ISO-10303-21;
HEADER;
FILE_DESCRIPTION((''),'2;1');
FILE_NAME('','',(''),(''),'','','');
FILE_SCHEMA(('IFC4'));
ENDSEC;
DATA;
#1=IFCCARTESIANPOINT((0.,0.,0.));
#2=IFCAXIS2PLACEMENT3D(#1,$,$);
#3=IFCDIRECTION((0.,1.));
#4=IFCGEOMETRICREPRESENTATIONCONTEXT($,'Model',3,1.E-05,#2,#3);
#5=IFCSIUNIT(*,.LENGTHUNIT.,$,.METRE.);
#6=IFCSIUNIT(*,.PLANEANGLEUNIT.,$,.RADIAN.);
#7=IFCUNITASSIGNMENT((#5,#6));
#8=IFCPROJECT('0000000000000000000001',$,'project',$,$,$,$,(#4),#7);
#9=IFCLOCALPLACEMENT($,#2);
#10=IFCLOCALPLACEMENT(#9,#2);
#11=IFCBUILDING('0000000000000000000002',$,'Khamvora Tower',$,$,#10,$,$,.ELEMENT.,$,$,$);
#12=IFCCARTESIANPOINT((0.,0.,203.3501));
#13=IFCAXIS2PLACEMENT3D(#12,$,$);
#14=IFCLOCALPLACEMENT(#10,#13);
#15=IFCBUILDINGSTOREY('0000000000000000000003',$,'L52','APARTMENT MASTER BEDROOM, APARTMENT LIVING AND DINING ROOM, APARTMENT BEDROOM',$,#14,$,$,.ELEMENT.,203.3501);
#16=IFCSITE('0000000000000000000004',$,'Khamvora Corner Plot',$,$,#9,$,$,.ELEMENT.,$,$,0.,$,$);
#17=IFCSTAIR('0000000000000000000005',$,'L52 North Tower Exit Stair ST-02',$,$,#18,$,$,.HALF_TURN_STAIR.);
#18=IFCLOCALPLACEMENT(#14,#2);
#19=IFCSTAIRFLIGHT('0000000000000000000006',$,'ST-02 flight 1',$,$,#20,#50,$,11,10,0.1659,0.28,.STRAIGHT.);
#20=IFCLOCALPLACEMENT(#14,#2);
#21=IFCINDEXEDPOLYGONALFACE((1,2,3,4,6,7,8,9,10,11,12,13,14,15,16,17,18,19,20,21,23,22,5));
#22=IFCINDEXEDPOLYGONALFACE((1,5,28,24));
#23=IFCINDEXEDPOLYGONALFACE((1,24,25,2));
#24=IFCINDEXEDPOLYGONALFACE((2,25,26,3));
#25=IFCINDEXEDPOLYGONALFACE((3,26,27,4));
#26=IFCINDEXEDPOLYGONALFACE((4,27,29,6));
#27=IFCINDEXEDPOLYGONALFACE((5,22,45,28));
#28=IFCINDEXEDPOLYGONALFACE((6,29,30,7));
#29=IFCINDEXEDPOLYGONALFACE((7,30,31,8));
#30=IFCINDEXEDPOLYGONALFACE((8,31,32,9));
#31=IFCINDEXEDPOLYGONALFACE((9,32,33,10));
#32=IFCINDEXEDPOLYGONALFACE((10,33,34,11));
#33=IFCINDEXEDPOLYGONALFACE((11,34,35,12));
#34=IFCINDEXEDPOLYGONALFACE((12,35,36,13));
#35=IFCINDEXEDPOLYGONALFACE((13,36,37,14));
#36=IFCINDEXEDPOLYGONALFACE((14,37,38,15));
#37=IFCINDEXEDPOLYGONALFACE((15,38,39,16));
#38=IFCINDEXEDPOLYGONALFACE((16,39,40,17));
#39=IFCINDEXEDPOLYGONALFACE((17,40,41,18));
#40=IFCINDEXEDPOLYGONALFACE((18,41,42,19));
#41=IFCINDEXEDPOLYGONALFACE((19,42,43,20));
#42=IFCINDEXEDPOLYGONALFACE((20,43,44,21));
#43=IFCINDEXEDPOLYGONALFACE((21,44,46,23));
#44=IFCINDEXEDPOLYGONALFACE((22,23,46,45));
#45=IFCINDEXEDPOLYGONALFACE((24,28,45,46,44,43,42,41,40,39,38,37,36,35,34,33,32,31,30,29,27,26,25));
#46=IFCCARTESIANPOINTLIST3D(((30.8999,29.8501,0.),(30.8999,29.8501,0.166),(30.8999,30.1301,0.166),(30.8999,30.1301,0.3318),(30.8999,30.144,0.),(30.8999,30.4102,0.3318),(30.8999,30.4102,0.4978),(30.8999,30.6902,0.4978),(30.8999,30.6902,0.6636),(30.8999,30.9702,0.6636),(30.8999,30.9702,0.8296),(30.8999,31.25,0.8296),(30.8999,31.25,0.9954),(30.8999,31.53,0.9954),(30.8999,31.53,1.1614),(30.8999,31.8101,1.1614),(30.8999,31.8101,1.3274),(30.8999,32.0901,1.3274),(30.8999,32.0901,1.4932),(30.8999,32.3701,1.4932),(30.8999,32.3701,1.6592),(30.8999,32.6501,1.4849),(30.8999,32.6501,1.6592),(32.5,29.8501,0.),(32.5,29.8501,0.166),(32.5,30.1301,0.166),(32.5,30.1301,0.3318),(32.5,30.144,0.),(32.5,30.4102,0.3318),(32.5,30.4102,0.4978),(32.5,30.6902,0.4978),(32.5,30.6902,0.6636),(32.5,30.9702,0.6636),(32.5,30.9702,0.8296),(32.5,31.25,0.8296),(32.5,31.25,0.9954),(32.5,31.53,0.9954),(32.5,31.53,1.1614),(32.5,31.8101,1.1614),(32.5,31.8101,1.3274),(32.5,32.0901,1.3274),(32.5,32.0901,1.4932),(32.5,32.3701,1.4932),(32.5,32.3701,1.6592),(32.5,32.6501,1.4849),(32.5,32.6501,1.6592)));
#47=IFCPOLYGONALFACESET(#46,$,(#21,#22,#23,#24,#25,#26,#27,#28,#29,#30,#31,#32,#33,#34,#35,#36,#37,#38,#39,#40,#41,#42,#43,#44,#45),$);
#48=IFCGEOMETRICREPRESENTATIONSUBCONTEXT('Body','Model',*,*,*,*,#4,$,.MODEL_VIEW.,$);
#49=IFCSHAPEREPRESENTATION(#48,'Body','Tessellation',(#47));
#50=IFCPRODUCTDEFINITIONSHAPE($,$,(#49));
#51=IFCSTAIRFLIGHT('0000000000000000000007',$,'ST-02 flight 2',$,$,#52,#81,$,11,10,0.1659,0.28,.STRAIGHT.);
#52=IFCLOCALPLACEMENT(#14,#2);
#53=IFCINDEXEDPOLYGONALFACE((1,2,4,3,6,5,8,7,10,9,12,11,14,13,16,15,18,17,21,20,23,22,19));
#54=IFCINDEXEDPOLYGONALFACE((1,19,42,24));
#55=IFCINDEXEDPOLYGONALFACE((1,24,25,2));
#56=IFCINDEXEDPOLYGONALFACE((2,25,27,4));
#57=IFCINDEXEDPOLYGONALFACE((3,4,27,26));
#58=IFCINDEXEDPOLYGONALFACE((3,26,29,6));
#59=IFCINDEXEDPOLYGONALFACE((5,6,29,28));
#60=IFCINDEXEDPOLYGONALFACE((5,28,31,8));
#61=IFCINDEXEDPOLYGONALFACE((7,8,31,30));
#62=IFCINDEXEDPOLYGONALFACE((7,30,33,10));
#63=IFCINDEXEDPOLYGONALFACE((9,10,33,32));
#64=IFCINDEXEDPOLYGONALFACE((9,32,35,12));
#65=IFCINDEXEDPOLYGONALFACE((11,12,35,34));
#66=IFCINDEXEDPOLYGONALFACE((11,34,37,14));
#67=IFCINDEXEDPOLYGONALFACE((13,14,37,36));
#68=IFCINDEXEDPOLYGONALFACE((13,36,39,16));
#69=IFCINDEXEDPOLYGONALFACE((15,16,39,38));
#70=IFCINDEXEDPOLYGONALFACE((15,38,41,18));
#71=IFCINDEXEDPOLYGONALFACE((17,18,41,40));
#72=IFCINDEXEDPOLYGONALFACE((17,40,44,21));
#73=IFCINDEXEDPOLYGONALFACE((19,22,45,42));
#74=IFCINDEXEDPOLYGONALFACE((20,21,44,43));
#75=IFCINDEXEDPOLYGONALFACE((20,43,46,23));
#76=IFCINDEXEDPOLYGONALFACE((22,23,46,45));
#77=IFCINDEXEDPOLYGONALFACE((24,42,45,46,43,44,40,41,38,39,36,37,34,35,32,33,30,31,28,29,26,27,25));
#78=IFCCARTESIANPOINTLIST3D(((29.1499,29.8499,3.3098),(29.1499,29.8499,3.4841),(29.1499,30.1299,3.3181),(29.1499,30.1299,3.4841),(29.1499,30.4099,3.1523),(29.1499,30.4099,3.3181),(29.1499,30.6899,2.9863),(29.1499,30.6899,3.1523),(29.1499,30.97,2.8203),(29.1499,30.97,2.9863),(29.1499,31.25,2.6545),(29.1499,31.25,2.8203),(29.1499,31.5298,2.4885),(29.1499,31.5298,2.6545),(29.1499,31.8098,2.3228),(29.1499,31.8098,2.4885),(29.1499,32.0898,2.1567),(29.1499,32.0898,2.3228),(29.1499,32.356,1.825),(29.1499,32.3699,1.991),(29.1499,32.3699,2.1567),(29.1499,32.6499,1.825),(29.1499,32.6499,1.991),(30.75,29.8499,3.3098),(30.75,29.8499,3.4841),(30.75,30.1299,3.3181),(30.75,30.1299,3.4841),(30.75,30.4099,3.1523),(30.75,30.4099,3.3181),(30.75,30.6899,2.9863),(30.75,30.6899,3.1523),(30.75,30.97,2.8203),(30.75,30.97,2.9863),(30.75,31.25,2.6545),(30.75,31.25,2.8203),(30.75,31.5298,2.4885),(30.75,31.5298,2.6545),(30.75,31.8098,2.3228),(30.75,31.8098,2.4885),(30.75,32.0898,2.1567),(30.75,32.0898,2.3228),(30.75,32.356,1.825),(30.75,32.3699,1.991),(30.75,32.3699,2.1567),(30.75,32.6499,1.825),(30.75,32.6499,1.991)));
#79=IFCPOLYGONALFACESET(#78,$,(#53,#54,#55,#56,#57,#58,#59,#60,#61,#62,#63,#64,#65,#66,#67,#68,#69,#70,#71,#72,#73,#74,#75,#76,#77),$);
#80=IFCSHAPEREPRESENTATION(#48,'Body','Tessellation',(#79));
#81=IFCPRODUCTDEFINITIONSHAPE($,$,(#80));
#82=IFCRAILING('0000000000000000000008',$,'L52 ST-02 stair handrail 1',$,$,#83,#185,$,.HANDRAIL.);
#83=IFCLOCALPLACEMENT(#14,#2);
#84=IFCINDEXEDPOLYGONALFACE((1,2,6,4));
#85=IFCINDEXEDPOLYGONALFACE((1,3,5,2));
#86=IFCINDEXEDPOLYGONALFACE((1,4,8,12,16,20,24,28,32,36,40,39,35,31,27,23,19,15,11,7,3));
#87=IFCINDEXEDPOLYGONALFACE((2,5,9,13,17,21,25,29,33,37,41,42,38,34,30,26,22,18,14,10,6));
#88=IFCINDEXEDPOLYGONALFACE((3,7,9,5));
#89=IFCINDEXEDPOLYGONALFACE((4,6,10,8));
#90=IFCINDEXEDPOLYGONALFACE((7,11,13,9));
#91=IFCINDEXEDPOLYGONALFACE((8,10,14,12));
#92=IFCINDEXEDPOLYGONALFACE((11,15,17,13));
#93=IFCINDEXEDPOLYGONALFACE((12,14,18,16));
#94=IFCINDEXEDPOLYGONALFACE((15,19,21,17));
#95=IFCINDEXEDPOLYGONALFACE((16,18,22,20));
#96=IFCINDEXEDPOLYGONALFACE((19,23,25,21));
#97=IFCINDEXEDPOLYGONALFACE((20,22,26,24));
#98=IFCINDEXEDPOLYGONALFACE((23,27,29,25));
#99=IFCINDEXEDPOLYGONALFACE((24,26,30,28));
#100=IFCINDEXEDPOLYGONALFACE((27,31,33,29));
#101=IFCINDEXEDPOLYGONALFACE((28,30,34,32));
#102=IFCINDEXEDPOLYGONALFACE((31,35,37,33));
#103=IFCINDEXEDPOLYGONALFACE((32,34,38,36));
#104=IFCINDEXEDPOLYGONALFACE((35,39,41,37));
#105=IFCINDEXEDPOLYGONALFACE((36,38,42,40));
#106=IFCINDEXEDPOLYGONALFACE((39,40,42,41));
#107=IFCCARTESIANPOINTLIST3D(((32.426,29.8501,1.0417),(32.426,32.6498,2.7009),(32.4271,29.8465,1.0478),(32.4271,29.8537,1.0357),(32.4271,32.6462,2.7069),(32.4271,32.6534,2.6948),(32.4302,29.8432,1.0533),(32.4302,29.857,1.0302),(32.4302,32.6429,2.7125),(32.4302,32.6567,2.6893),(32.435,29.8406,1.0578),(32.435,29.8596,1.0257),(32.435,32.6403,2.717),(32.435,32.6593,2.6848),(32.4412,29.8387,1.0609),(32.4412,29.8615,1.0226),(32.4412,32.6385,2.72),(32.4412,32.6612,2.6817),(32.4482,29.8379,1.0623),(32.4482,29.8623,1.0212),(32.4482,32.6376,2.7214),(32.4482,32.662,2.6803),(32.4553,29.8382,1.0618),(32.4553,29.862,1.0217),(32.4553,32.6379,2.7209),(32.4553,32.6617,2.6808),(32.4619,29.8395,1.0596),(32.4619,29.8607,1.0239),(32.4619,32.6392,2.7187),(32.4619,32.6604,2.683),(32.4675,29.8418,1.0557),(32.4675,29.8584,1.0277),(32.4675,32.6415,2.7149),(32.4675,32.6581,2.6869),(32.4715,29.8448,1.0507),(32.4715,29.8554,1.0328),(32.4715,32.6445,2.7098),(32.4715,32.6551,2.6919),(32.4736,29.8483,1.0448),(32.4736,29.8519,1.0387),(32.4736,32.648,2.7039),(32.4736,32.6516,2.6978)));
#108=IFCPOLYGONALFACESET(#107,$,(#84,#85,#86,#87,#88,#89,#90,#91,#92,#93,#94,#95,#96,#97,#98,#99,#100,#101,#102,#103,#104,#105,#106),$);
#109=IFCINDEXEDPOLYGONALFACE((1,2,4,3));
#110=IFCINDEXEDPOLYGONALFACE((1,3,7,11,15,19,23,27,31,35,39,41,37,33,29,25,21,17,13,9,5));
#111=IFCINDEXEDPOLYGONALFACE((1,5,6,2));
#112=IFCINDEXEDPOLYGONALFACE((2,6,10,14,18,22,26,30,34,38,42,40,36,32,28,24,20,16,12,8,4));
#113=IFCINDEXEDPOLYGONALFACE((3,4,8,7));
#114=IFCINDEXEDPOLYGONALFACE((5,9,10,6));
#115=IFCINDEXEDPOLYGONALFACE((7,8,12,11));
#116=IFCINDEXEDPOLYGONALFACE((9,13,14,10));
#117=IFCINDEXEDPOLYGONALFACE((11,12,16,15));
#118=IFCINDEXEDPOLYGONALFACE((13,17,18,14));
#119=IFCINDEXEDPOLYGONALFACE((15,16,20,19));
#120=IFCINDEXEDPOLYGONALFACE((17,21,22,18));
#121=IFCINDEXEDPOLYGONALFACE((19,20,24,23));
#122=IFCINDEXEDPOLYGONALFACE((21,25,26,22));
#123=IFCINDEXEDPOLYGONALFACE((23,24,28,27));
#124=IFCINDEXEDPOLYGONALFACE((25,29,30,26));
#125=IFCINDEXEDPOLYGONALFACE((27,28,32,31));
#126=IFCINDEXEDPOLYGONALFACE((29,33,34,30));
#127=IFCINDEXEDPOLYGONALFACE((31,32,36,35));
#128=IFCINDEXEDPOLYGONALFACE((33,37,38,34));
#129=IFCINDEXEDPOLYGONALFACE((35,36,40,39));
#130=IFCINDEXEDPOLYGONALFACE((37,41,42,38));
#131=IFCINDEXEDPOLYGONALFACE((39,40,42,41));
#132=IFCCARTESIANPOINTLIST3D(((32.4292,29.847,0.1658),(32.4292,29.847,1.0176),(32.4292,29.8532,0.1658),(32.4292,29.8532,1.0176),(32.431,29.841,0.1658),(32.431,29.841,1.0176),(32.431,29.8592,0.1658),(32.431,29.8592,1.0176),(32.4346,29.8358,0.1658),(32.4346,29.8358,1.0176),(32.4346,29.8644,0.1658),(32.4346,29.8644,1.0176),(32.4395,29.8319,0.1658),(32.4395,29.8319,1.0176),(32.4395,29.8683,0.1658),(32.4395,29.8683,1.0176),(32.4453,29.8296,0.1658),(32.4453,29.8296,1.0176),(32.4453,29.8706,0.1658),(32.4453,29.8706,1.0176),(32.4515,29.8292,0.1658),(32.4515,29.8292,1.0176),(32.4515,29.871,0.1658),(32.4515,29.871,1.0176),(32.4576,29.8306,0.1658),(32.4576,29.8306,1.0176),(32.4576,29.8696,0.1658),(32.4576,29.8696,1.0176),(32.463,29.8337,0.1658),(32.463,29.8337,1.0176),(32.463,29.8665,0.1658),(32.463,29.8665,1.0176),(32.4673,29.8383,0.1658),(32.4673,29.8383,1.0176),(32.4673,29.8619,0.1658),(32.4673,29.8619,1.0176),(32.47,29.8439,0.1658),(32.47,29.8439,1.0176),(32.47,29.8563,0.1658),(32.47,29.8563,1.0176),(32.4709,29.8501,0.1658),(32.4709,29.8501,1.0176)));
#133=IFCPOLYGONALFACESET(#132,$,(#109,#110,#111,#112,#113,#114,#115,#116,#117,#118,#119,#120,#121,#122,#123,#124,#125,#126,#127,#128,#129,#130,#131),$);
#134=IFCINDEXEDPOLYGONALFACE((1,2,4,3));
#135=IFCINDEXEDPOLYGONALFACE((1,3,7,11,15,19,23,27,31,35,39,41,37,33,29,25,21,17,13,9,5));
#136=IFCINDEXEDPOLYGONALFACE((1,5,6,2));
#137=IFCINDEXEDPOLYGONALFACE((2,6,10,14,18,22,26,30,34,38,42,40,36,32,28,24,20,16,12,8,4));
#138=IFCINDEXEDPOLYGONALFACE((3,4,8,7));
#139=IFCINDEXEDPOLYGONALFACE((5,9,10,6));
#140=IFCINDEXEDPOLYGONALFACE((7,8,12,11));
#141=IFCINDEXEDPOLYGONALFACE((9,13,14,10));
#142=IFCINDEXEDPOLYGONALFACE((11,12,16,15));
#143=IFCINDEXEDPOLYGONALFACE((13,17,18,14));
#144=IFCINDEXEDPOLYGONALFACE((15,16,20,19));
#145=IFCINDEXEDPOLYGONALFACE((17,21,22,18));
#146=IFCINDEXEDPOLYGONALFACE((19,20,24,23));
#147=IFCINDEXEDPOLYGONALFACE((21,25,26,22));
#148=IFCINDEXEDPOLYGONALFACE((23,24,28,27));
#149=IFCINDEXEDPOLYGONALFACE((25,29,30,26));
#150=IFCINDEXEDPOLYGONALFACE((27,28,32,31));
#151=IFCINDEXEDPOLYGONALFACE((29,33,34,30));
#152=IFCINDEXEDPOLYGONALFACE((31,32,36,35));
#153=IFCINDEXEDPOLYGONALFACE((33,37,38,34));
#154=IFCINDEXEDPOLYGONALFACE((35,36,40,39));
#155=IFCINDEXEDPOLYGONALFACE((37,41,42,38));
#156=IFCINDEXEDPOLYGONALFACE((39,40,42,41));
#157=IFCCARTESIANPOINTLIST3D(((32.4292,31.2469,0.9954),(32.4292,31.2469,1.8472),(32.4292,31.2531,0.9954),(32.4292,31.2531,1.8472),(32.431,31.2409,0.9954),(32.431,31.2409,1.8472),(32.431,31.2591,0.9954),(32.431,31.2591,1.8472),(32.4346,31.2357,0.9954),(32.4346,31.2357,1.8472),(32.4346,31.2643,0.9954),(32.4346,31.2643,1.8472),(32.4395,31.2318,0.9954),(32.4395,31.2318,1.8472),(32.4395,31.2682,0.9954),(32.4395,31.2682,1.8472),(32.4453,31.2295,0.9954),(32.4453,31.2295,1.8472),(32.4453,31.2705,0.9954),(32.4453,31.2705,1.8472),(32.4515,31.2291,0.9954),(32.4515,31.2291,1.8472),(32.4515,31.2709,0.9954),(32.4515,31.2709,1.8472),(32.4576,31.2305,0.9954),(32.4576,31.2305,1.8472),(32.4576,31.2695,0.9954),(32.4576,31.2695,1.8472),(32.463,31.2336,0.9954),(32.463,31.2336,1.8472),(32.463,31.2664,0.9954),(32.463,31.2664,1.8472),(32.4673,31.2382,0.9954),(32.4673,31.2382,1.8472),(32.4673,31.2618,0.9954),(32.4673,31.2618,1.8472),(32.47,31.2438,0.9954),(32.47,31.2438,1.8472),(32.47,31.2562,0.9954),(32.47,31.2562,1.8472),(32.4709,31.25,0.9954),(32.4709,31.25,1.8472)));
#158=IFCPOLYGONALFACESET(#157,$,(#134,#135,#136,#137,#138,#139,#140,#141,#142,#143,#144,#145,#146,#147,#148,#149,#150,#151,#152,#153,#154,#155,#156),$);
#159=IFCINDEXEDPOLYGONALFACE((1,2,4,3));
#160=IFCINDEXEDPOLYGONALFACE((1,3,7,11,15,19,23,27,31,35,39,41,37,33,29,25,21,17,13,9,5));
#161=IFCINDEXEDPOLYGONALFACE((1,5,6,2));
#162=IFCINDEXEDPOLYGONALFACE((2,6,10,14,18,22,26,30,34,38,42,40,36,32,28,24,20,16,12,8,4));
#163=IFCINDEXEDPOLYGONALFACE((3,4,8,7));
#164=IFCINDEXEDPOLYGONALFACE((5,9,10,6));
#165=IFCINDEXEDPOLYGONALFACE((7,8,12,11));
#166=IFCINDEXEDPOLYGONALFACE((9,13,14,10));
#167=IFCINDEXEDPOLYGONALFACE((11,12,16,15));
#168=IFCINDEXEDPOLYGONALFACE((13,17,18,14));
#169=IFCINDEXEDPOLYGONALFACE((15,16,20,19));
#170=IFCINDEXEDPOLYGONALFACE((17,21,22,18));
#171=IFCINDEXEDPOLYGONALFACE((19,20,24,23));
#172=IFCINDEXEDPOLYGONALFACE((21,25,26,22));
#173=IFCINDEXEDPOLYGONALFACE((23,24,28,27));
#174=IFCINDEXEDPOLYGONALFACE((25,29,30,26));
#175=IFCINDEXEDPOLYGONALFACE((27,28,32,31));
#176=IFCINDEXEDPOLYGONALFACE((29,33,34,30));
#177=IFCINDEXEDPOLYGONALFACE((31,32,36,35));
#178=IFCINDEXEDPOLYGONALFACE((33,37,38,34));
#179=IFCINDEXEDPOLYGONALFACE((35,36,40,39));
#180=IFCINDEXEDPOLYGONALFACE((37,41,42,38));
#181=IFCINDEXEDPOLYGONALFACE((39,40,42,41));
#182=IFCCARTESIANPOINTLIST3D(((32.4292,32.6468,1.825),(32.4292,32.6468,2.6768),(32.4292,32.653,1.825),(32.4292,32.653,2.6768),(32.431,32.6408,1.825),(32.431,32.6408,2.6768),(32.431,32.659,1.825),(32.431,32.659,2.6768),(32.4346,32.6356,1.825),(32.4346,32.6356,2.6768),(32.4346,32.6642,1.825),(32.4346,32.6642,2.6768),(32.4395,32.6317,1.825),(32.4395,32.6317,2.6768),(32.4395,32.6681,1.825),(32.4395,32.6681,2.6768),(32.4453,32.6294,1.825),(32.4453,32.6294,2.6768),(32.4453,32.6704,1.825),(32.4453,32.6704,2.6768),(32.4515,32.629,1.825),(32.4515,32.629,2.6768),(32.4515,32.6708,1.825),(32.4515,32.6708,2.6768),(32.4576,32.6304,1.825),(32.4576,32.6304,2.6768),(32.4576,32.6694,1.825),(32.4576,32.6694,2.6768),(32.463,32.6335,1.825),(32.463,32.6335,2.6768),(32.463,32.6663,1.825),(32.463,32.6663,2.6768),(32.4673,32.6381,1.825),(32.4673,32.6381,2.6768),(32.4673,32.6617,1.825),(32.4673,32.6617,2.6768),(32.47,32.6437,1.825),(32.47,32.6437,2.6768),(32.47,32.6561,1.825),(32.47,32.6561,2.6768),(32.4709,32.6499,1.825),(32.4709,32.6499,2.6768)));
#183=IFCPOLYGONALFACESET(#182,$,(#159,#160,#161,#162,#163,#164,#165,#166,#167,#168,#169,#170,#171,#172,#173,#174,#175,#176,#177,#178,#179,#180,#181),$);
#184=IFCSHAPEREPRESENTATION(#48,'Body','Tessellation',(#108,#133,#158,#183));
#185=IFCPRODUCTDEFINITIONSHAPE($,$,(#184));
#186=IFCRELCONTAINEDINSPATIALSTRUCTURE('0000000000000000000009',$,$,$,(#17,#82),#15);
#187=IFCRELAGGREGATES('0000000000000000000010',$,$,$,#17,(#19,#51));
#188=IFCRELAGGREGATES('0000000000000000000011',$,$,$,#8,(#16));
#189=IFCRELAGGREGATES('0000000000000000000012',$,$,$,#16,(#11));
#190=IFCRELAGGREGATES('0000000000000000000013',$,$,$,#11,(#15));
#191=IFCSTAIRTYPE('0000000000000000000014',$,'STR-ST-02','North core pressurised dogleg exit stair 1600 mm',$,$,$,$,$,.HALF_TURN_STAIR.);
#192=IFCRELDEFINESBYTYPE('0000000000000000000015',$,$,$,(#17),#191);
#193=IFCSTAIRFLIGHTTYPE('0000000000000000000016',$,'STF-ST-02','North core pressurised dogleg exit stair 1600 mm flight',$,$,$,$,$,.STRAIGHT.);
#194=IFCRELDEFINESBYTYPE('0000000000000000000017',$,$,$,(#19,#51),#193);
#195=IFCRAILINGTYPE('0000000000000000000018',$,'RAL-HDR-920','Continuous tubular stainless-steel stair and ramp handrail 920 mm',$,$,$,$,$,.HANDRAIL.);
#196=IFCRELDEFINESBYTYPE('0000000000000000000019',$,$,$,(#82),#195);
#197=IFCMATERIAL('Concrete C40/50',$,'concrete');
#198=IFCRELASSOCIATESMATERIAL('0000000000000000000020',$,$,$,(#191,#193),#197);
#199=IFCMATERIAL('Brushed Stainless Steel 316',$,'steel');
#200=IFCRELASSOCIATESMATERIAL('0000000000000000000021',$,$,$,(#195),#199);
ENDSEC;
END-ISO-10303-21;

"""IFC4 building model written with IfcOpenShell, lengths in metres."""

from ifc_helpers import new_model, si_unit, direction, frame, origin, origin_2d, place, context, subcontext, project, spatial, polyline, circle, outline, extrude, material, type_object, element, aggregate, save


model = new_model("IFC4")

# Units and contexts
model_context = context("Model", 3, precision=1e-05, world=origin(), true_north=direction((0.0, 1.0)))
body_context = subcontext(model_context, "Body", "Model", "MODEL_VIEW")
ifc_project = project(units=[si_unit("LENGTHUNIT", "METRE"), si_unit("PLANEANGLEUNIT", "RADIAN")], contexts=[model_context])

# Site, building, storey
site_placement = place(None, origin())
site = spatial("IfcSite", under=ifc_project, at=site_placement, Name="Khamvora Corner Plot", CompositionType="ELEMENT", RefElevation=0.0)
building_placement = place(site_placement, origin())
building = spatial("IfcBuilding", under=site, at=building_placement, Name="Khamvora Tower", CompositionType="ELEMENT")
storey_placement = place(building_placement, frame((0.0, 0.0, 203.3501)))
storey = spatial("IfcBuildingStorey", under=building, at=storey_placement, Name="L52", Description="APARTMENT MASTER BEDROOM, APARTMENT LIVING AND DINING ROOM, APARTMENT BEDROOM", CompositionType="ELEMENT", Elevation=203.3501)

# Stair, stair flights
ifc_material_1 = material(Name="Concrete C40/50", Category="concrete")
stair_type = type_object("IfcStairType", Name="STR-ST-02", Description="North core pressurised dogleg exit stair 1600 mm", PredefinedType="HALF_TURN_STAIR", material=ifc_material_1)
stair_placement = place(storey_placement, origin())
stair = element("IfcStair", 1, at=stair_placement, inside=storey, type_object=stair_type, Name="L52 North Tower Exit Stair ST-02", PredefinedType="HALF_TURN_STAIR")
stair_flight_type = type_object("IfcStairFlightType", Name="STF-ST-02", Description="North core pressurised dogleg exit stair 1600 mm flight", PredefinedType="STRAIGHT", material=ifc_material_1)
stair_flight_1_placement = place(storey_placement, frame((31.7, 29.8501, 0.0), z_axis=(0.0, 0.0, 1.0), x_axis=(0.0, 1.0, 0.0)))
stair_flight_1 = element("IfcStairFlight", 2, at=stair_flight_1_placement, type_object=stair_flight_type, Name="ST-02 flight 1", NumberOfRisers=11, NumberOfTreads=10, PredefinedType="STRAIGHT", RiserHeight=0.1659, TreadLength=0.28, context=body_context, shape_type="SweptSolid", body=[
    extrude(outline(polyline([(0.0, 0.0), (0.0, 0.166), (0.28, 0.166), (0.28, 0.3318), (0.5601, 0.3318), (0.5601, 0.4978), (0.8401, 0.4978), (0.8401, 0.6636), (1.1201, 0.6636), (1.1201, 0.8296), (1.3999, 0.8296), (1.3999, 0.9954), (1.6799, 0.9954), (1.6799, 1.1614), (1.96, 1.1614), (1.96, 1.3274), (2.24, 1.3274), (2.24, 1.4932), (2.52, 1.4932), (2.52, 1.6592), (2.8, 1.6592), (2.8, 1.825), (2.8, 1.4849), (0.2939, 0.0), (0.0, 0.0)])), frame((0.0, 0.8, 0.0), z_axis=(0.0, -1.0, 0.0), x_axis=(1.0, 0.0, 0.0)), (0.0, 0.0, 1.0), 1.6001),
])
stair_flight_2_placement = place(storey_placement, frame((29.95, 32.6499, 1.825), z_axis=(0.0, 0.0, 1.0), x_axis=(0.0, -1.0, 0.0)))
stair_flight_2 = element("IfcStairFlight", 3, at=stair_flight_2_placement, type_object=stair_flight_type, Name="ST-02 flight 2", NumberOfRisers=11, NumberOfTreads=10, PredefinedType="STRAIGHT", RiserHeight=0.1659, TreadLength=0.28, context=body_context, shape_type="SweptSolid", body=[
    extrude(outline(polyline([(0.0, 0.0), (0.0, 0.166), (0.28, 0.166), (0.28, 0.3318), (0.5601, 0.3318), (0.5601, 0.4978), (0.8401, 0.4978), (0.8401, 0.6636), (1.1201, 0.6636), (1.1201, 0.8296), (1.3999, 0.8296), (1.3999, 0.9954), (1.6799, 0.9954), (1.6799, 1.1614), (1.96, 1.1614), (1.96, 1.3274), (2.24, 1.3274), (2.24, 1.4932), (2.52, 1.4932), (2.52, 1.6592), (2.8, 1.6592), (2.8, 1.825), (2.8, 1.4849), (0.2939, 0.0), (0.0, 0.0)])), frame((0.0, 0.8, 0.0), z_axis=(0.0, -1.0, 0.0), x_axis=(1.0, 0.0, 0.0)), (0.0, 0.0, 1.0), 1.6001),
])
aggregate(stair, [stair_flight_1, stair_flight_2])

# Railing
ifc_material_2 = material(Name="Brushed Stainless Steel 316", Category="steel")
railing_type_1 = type_object("IfcRailingType", Name="RAL-HDR-920", Description="Continuous tubular stainless-steel stair and ramp handrail 920 mm", PredefinedType="HANDRAIL", material=ifc_material_2)
railing_1_placement = place(storey_placement, frame((32.45, 29.8501, 0.1658)))
element("IfcRailing", 4, at=railing_1_placement, inside=storey, type_object=railing_type_1, Name="L52 ST-02 stair handrail 1", PredefinedType="HANDRAIL", context=body_context, shape_type="SweptSolid", body=[
    extrude(circle(Radius=0.0239, at=origin_2d()), frame((0.0, 0.0, 0.876), z_axis=(0.0, 0.860287, 0.509811), x_axis=(-1.0, 0.0, 0.0)), (0.0, 0.0, 1.0), 3.2544),
    extrude(circle(Radius=0.021, at=origin_2d()), origin(), (0.0, 0.0, 1.0), 0.8518),
    extrude(circle(Radius=0.021, at=origin_2d()), frame((0.0, 1.3999, 0.8296)), (0.0, 0.0, 1.0), 0.8518),
    extrude(circle(Radius=0.021, at=origin_2d()), frame((0.0, 2.7998, 1.6592)), (0.0, 0.0, 1.0), 0.8518),
])

save(model, "model.ifc")
